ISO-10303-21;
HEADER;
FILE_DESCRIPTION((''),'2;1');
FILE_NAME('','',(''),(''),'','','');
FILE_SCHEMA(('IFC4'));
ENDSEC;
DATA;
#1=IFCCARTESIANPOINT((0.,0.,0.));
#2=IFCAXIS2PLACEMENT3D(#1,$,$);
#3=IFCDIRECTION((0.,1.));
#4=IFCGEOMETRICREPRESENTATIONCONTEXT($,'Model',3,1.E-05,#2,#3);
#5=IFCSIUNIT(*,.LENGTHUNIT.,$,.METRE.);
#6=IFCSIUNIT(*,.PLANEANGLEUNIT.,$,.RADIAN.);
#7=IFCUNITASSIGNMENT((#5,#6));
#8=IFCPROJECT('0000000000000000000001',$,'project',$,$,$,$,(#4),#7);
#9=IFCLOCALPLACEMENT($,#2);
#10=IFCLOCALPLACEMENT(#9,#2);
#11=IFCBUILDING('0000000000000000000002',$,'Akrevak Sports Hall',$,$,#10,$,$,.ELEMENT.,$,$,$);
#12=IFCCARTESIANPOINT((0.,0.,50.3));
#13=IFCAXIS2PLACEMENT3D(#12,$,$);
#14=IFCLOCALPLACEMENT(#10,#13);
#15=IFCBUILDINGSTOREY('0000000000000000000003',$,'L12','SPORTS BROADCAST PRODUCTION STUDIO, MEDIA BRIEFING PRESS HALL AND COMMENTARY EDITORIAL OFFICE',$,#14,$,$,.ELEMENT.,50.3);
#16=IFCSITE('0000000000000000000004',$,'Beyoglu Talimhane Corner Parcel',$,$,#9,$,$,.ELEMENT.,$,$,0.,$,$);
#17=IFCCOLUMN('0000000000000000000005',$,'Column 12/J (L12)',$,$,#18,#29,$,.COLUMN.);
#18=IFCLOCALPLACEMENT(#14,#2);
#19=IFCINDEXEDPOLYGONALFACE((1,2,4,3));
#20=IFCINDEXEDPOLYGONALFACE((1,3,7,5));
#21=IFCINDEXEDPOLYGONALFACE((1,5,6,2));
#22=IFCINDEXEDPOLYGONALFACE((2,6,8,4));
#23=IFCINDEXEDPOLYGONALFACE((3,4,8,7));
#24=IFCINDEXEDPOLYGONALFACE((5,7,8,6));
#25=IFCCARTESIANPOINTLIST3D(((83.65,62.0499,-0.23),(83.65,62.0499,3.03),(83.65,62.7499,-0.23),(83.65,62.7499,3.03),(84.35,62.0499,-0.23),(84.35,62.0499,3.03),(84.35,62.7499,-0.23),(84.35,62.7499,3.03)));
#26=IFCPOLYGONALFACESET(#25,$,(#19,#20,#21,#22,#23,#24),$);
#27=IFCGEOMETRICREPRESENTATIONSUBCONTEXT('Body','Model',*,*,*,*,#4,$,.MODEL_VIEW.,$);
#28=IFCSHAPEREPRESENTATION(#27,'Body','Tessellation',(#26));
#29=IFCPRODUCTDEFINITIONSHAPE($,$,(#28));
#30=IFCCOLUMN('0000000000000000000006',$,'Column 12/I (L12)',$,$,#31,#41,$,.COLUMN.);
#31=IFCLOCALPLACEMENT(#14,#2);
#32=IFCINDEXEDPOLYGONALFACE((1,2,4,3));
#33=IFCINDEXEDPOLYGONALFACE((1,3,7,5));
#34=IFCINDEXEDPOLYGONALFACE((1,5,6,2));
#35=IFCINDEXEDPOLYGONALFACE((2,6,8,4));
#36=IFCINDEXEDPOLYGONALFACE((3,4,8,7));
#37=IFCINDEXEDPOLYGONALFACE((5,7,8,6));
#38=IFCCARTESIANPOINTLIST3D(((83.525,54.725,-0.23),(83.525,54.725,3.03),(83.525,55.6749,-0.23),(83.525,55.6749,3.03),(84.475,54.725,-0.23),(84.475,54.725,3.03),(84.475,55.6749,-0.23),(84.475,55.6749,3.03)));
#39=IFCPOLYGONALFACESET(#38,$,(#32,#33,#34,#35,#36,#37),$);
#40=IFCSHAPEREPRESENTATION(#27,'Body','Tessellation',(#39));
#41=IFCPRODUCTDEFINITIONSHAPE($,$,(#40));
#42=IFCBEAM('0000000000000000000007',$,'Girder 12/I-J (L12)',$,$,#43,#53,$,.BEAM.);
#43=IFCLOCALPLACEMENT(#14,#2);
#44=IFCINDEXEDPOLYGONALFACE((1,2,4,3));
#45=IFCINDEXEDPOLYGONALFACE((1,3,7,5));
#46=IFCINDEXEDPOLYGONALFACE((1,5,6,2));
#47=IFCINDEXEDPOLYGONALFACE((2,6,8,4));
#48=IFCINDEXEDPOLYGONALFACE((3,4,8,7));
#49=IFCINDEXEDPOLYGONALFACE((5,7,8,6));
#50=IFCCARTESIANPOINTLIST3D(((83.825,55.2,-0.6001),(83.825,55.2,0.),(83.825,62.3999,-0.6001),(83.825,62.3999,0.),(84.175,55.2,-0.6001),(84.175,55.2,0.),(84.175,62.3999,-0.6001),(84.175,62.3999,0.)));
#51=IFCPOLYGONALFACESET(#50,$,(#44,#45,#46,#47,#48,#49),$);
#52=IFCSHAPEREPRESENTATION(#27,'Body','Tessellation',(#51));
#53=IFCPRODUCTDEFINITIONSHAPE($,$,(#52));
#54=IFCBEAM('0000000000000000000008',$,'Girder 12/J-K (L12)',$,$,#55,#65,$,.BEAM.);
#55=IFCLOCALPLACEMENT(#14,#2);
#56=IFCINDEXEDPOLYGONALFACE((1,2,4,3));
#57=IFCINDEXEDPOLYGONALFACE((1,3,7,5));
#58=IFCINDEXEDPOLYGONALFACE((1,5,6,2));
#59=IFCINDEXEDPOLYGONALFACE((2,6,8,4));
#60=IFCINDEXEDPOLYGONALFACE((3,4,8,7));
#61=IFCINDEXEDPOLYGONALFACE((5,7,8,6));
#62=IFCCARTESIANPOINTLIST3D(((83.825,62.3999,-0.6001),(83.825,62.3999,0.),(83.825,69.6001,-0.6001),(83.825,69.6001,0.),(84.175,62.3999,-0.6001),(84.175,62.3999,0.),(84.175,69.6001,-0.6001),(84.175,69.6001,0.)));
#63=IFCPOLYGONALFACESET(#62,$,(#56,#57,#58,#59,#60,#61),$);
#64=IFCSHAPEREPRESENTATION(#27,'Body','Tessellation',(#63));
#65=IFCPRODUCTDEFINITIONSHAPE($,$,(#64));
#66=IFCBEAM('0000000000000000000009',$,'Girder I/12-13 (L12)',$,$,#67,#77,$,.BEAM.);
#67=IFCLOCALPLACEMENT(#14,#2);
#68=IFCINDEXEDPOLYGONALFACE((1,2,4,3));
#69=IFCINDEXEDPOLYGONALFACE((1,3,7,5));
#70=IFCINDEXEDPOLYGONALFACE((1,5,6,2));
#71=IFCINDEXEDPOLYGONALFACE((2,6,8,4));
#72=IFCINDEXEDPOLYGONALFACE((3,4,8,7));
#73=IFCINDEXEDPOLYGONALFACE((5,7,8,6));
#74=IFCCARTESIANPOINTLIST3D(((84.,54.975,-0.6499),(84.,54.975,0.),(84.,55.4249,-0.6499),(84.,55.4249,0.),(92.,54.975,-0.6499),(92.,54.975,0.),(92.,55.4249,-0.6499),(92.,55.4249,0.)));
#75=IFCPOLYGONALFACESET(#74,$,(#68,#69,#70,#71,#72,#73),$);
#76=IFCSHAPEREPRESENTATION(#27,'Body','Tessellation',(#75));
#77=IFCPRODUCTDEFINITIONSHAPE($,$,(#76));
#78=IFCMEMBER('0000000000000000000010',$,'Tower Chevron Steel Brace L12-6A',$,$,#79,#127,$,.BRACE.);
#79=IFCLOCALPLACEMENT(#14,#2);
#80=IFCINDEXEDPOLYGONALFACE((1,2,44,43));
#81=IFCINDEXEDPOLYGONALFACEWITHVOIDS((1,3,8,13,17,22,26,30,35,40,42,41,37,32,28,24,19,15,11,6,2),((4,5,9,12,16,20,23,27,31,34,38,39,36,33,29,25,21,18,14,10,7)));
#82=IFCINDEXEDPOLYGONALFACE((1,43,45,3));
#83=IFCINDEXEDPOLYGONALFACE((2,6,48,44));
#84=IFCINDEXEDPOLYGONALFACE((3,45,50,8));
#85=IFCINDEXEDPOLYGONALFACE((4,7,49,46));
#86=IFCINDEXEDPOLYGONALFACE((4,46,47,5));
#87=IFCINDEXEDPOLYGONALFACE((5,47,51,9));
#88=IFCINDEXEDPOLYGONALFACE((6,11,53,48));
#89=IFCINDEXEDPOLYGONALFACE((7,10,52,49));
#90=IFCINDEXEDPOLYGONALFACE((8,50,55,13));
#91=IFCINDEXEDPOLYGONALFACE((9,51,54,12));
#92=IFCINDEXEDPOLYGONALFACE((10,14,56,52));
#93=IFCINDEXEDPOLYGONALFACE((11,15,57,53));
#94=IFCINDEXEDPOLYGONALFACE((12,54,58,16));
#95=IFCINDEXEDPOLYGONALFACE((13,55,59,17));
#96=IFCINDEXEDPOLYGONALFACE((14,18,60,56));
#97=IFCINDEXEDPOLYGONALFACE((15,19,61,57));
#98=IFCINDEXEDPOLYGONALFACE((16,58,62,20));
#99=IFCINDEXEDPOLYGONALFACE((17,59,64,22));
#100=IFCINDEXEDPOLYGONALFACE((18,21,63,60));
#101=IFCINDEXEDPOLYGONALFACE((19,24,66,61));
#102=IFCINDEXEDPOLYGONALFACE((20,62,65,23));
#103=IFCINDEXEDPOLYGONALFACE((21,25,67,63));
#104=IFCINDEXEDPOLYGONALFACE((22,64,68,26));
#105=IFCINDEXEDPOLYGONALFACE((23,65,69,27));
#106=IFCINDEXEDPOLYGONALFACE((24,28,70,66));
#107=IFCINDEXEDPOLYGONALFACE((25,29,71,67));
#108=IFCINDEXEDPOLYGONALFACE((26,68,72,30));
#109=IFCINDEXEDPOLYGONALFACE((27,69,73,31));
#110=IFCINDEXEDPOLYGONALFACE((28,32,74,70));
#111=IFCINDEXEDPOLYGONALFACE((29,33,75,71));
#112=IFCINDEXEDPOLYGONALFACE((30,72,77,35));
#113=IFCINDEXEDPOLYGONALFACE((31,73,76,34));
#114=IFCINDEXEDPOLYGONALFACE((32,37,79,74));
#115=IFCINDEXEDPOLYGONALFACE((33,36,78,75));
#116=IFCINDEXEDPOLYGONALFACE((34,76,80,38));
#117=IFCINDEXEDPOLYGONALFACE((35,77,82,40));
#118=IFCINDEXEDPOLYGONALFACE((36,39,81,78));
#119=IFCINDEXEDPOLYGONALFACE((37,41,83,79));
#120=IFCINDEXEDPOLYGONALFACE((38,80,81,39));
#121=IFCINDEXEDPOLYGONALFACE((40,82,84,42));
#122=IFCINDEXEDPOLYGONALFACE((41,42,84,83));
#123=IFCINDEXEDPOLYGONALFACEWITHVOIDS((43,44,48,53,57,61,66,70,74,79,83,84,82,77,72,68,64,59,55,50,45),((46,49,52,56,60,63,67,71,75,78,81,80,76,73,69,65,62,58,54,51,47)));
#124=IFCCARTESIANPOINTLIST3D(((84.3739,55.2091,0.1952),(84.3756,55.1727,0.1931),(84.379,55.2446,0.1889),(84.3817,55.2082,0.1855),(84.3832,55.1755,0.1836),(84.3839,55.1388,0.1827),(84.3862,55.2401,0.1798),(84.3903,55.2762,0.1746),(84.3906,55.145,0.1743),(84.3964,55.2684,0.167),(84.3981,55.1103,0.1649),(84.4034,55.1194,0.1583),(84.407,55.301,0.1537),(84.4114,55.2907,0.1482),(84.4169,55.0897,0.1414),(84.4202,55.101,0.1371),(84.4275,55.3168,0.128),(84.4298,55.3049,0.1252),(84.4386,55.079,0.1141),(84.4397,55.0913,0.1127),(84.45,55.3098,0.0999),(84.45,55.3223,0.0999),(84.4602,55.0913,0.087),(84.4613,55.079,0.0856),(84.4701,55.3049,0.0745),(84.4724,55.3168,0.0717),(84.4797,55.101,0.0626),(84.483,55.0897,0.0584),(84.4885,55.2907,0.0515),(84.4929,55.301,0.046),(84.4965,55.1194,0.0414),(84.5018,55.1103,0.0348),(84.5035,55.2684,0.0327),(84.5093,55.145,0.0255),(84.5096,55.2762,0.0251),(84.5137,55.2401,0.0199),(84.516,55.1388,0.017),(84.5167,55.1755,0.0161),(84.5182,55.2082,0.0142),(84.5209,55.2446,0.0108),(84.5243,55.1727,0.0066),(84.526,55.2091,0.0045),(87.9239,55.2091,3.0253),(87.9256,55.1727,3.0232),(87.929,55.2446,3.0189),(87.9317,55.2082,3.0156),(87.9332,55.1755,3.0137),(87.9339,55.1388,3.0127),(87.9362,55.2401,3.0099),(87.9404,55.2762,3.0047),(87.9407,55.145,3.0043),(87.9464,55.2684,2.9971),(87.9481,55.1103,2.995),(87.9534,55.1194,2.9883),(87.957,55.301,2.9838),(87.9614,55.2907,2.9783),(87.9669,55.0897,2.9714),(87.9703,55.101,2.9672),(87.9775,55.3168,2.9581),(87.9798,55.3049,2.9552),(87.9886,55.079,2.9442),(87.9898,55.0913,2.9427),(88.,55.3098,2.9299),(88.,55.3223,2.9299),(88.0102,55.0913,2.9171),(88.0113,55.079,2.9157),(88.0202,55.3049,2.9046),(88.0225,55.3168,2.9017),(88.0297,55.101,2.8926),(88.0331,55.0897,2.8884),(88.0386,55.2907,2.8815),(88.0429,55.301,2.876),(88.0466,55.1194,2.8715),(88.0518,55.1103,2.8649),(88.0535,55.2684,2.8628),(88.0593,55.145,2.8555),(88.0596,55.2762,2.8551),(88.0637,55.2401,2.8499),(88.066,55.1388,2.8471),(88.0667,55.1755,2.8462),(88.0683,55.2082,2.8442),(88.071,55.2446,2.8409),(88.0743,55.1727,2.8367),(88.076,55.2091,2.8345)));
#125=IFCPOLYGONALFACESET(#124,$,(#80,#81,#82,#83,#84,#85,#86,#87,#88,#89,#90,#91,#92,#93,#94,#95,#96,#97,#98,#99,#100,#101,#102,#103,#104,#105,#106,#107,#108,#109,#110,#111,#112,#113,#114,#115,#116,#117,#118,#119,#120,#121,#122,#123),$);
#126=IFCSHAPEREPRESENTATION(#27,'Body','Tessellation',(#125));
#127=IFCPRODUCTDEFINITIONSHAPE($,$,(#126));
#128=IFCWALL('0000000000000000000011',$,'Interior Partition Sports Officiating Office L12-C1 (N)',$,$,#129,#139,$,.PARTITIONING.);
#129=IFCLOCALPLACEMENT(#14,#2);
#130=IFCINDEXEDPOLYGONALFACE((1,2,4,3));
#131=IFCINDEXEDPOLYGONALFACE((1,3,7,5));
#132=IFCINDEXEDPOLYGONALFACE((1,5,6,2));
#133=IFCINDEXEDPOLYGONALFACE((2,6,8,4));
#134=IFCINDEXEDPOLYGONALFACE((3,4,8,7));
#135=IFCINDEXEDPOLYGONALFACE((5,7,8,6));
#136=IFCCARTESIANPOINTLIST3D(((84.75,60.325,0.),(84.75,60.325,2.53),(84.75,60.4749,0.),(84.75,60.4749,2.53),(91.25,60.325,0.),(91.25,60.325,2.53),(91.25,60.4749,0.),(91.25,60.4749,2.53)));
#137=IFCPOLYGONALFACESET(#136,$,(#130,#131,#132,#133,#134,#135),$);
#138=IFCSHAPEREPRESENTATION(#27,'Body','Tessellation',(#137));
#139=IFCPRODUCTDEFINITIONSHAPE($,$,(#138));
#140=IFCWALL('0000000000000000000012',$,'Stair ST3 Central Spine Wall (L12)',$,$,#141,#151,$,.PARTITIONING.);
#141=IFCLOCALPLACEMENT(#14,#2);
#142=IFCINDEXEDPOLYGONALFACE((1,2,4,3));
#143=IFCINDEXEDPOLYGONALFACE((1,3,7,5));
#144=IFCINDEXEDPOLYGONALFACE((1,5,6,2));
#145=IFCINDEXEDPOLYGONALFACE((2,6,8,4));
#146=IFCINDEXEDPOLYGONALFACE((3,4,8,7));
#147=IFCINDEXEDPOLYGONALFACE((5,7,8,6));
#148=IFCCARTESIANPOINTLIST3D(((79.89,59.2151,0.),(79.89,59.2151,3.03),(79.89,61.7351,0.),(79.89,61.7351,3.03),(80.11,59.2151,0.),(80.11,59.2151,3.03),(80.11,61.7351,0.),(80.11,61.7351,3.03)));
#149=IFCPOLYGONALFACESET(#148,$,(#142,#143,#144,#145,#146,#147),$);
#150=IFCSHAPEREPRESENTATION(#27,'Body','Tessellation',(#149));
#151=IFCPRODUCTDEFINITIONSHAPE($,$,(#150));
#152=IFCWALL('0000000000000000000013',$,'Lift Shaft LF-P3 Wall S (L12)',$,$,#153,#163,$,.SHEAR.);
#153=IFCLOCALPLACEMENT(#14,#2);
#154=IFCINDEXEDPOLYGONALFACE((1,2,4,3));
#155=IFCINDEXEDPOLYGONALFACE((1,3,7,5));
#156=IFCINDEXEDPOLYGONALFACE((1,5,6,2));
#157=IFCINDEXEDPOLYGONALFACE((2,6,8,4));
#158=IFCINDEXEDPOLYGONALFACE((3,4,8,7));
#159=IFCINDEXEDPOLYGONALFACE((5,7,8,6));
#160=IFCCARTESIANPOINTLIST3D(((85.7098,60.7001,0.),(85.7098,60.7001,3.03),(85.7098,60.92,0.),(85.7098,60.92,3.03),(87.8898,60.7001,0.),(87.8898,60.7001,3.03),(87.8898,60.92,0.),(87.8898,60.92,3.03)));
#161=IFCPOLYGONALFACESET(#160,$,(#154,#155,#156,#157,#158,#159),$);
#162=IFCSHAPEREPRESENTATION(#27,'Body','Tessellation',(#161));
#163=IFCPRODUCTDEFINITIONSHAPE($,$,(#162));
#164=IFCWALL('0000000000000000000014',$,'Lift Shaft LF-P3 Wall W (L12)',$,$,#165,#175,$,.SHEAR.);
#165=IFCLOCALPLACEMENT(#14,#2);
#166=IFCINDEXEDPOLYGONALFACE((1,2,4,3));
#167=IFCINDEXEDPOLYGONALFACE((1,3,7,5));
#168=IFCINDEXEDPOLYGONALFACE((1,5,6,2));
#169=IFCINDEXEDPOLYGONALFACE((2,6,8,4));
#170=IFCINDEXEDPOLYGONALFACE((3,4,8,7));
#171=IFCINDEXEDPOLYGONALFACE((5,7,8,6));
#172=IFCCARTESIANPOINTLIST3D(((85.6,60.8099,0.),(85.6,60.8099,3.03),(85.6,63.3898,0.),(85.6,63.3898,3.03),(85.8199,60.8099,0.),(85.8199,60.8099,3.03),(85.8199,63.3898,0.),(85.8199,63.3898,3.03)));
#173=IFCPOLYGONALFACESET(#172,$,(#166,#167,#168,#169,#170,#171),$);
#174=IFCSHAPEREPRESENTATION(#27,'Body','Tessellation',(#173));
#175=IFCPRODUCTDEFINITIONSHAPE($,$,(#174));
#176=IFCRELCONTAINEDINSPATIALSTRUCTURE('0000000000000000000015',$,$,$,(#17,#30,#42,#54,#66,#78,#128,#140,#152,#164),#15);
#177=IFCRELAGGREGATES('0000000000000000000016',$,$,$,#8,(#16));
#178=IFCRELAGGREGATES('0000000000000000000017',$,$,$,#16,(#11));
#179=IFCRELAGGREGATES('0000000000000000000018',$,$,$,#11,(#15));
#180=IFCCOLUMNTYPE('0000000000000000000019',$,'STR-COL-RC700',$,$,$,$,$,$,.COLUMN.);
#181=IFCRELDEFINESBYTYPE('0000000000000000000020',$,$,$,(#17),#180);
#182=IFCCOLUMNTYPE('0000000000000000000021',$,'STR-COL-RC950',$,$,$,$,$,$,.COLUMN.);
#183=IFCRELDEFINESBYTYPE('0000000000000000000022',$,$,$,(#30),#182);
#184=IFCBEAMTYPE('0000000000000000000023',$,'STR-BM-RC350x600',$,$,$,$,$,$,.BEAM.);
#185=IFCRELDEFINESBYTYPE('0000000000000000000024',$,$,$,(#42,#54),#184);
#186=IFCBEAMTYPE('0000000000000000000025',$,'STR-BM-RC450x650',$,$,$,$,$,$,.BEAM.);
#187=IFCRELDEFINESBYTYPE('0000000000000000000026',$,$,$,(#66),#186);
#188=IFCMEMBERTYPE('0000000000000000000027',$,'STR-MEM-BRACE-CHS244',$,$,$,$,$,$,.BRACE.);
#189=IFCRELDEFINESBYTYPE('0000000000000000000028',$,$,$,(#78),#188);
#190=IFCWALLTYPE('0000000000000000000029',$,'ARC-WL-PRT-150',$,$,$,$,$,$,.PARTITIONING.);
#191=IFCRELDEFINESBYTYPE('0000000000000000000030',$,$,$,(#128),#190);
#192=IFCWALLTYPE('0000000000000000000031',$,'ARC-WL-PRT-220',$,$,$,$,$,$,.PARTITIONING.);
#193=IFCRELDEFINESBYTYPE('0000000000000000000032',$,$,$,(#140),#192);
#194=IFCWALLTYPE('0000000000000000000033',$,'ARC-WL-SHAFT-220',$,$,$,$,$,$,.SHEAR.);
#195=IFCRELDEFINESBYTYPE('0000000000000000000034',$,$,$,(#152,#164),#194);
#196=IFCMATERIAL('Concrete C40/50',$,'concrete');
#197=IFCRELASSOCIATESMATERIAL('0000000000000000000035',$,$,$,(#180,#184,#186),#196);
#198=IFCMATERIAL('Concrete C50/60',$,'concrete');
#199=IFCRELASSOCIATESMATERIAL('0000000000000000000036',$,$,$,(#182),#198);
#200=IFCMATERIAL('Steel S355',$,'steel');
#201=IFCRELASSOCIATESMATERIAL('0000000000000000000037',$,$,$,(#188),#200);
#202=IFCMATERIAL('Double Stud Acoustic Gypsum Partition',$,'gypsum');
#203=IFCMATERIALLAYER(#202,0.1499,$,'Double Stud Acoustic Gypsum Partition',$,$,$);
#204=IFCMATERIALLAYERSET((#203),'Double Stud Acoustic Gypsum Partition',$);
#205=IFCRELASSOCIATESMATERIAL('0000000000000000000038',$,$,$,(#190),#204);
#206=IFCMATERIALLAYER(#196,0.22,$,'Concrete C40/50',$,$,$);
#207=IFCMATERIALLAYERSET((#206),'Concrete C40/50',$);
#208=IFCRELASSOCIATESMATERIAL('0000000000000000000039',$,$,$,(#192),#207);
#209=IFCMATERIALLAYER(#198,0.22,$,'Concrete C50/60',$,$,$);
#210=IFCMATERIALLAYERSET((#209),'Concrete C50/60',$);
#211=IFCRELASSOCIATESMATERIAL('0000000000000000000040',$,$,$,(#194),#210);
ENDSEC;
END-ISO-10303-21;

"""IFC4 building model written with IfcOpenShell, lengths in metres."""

from ifc_helpers import new_model, si_unit, direction, frame, frame_2d, origin, origin_2d, place, context, subcontext, project, spatial, rectangle, hollow_circle, extrude, material, layer, layer_set, material_profile, profile_set, type_object, element, save


model = new_model("IFC4")

# Units and contexts
model_context = context("Model", 3, precision=1e-05, world=origin(), true_north=direction((0.0, 1.0)))
body_context = subcontext(model_context, "Body", "Model", "MODEL_VIEW")
ifc_project = project(units=[si_unit("LENGTHUNIT", "METRE"), si_unit("PLANEANGLEUNIT", "RADIAN")], contexts=[model_context])

# Site, building, storey
site_placement = place(None, origin())
site = spatial("IfcSite", under=ifc_project, at=site_placement, Name="Beyoglu Talimhane Corner Parcel", CompositionType="ELEMENT", RefElevation=0.0)
building_placement = place(site_placement, origin())
building = spatial("IfcBuilding", under=site, at=building_placement, Name="Akrevak Sports Hall", CompositionType="ELEMENT")
storey_placement = place(building_placement, frame((0.0, 0.0, 50.3)))
storey = spatial("IfcBuildingStorey", under=building, at=storey_placement, Name="L12", Description="SPORTS BROADCAST PRODUCTION STUDIO, MEDIA BRIEFING PRESS HALL AND COMMENTARY EDITORIAL OFFICE", CompositionType="ELEMENT", Elevation=50.3)

# Columns
ifc_material_1 = material(Name="Concrete C40/50", Category="concrete")
ifc_material_profile_1 = material_profile(ifc_material_1, rectangle(XDim=0.7, YDim=0.7, at=origin_2d()), Name="RC 700x700", Category="concrete")
ifc_profile_set_1 = profile_set([ifc_material_profile_1], Name="Concrete C40/50")
column_type_1 = type_object("IfcColumnType", Name="STR-COL-RC700", PredefinedType="COLUMN", material=ifc_profile_set_1)
column_1_placement = place(storey_placement, frame((84.0, 62.3999, -0.23), z_axis=(0.0, 0.0, 1.0), x_axis=(1.0, 0.0, 0.0)))
element("IfcColumn", 1, at=column_1_placement, inside=storey, type_object=column_type_1, Name="Column 12/J (L12)", PredefinedType="COLUMN", context=body_context, shape_type="SweptSolid", body=[
    extrude(rectangle(XDim=0.7, YDim=0.7, at=origin_2d()), origin(), (0.0, 0.0, 1.0), 3.26),
])
ifc_material_2 = material(Name="Concrete C50/60", Category="concrete")
ifc_material_profile_2 = material_profile(ifc_material_2, rectangle(XDim=0.95, YDim=0.95, at=origin_2d()), Name="RC 950x950", Category="concrete")
ifc_profile_set_2 = profile_set([ifc_material_profile_2], Name="Concrete C50/60")
column_type_2 = type_object("IfcColumnType", Name="STR-COL-RC950", PredefinedType="COLUMN", material=ifc_profile_set_2)
column_2_placement = place(storey_placement, frame((84.0, 55.2, -0.23), z_axis=(0.0, 0.0, 1.0), x_axis=(1.0, 0.0, 0.0)))
element("IfcColumn", 2, at=column_2_placement, inside=storey, type_object=column_type_2, Name="Column 12/I (L12)", PredefinedType="COLUMN", context=body_context, shape_type="SweptSolid", body=[
    extrude(rectangle(XDim=0.95, YDim=0.95, at=origin_2d()), origin(), (0.0, 0.0, 1.0), 3.26),
])

# Beams
ifc_material_profile_3 = material_profile(ifc_material_1, rectangle(XDim=0.3501, YDim=0.6001, at=origin_2d()), Name="BM 350x600", Category="concrete")
ifc_profile_set_3 = profile_set([ifc_material_profile_3], Name="Concrete C40/50")
beam_type_1 = type_object("IfcBeamType", Name="STR-BM-RC350x600", PredefinedType="BEAM", material=ifc_profile_set_3)
beam_1_placement = place(storey_placement, frame((84.0, 55.2, -0.3), z_axis=(0.0, 1.0, 0.0), x_axis=(-1.0, 0.0, 0.0)))
element("IfcBeam", 3, at=beam_1_placement, inside=storey, type_object=beam_type_1, Name="Girder 12/I-J (L12)", PredefinedType="BEAM", context=body_context, shape_type="SweptSolid", body=[
    extrude(rectangle(XDim=0.3501, YDim=0.6001, at=origin_2d()), origin(), (0.0, 0.0, 1.0), 7.2),
])
beam_2_placement = place(storey_placement, frame((84.0, 62.3999, -0.3), z_axis=(0.0, 1.0, 0.0), x_axis=(-1.0, 0.0, 0.0)))
element("IfcBeam", 4, at=beam_2_placement, inside=storey, type_object=beam_type_1, Name="Girder 12/J-K (L12)", PredefinedType="BEAM", context=body_context, shape_type="SweptSolid", body=[
    extrude(rectangle(XDim=0.3501, YDim=0.6001, at=origin_2d()), origin(), (0.0, 0.0, 1.0), 7.2002),
])
ifc_material_profile_4 = material_profile(ifc_material_1, rectangle(XDim=0.45, YDim=0.6499, at=origin_2d()), Name="BM 450x650", Category="concrete")
ifc_profile_set_4 = profile_set([ifc_material_profile_4], Name="Concrete C40/50")
beam_type_2 = type_object("IfcBeamType", Name="STR-BM-RC450x650", PredefinedType="BEAM", material=ifc_profile_set_4)
beam_3_placement = place(storey_placement, frame((84.0, 55.2, -0.325), z_axis=(1.0, 0.0, 0.0), x_axis=(0.0, 1.0, 0.0)))
element("IfcBeam", 5, at=beam_3_placement, inside=storey, type_object=beam_type_2, Name="Girder I/12-13 (L12)", PredefinedType="BEAM", context=body_context, shape_type="SweptSolid", body=[
    extrude(rectangle(XDim=0.45, YDim=0.6499, at=origin_2d()), origin(), (0.0, 0.0, 1.0), 8.0),
])

# Member
ifc_material_3 = material(Name="Steel S355", Category="steel")
ifc_material_profile_5 = material_profile(ifc_material_3, hollow_circle(Radius=0.1223, WallThickness=0.0125, at=origin_2d()), Name="CHS 244.5x12.5", Category="steel")
ifc_profile_set_5 = profile_set([ifc_material_profile_5], Name="Steel S355")
member_type = type_object("IfcMemberType", Name="STR-MEM-BRACE-CHS244", PredefinedType="BRACE", material=ifc_profile_set_5)
member_placement = place(storey_placement, frame((84.45, 55.2, 0.0999), z_axis=(0.781938, 0.0, 0.623356), x_axis=(0.0, 1.0, 0.0)))
element("IfcMember", 6, at=member_placement, inside=storey, type_object=member_type, Name="Tower Chevron Steel Brace L12-6A", PredefinedType="BRACE", context=body_context, shape_type="SweptSolid", body=[
    extrude(hollow_circle(Radius=0.1223, WallThickness=0.0125, at=origin_2d()), origin(), (0.0, 0.0, 1.0), 4.54),
])

# Walls
ifc_material_4 = material(Name="Double Stud Acoustic Gypsum Partition", Category="gypsum")
ifc_layer_1 = layer(ifc_material_4, 0.1499, Name="Double Stud Acoustic Gypsum Partition")
ifc_layer_set_1 = layer_set([ifc_layer_1], Name="Double Stud Acoustic Gypsum Partition")
wall_type_1 = type_object("IfcWallType", Name="ARC-WL-PRT-150", PredefinedType="PARTITIONING", material=ifc_layer_set_1)
wall_1_placement = place(storey_placement, frame((84.75, 60.3999, 0.0), z_axis=(0.0, 0.0, 1.0), x_axis=(1.0, 0.0, 0.0)))
element("IfcWall", 7, at=wall_1_placement, inside=storey, type_object=wall_type_1, Name="Interior Partition Sports Officiating Office L12-C1 (N)", PredefinedType="PARTITIONING", context=body_context, shape_type="SweptSolid", body=[
    extrude(rectangle(XDim=6.5, YDim=0.1499, at=frame_2d((3.25, 0.0))), origin(), (0.0, 0.0, 1.0), 2.53),
])
ifc_layer_2 = layer(ifc_material_1, 0.22, Name="Concrete C40/50")
ifc_layer_set_2 = layer_set([ifc_layer_2], Name="Concrete C40/50")
wall_type_2 = type_object("IfcWallType", Name="ARC-WL-PRT-220", PredefinedType="PARTITIONING", material=ifc_layer_set_2)
wall_2_placement = place(storey_placement, frame((80.0, 59.2151, 0.0), z_axis=(0.0, 0.0, 1.0), x_axis=(0.0, 1.0, 0.0)))
element("IfcWall", 8, at=wall_2_placement, inside=storey, type_object=wall_type_2, Name="Stair ST3 Central Spine Wall (L12)", PredefinedType="PARTITIONING", context=body_context, shape_type="SweptSolid", body=[
    extrude(rectangle(XDim=2.52, YDim=0.22, at=frame_2d((1.26, 0.0))), origin(), (0.0, 0.0, 1.0), 3.03),
])
ifc_layer_3 = layer(ifc_material_2, 0.22, Name="Concrete C50/60")
ifc_layer_set_3 = layer_set([ifc_layer_3], Name="Concrete C50/60")
wall_type_3 = type_object("IfcWallType", Name="ARC-WL-SHAFT-220", PredefinedType="SHEAR", material=ifc_layer_set_3)
wall_3_placement = place(storey_placement, frame((85.71, 60.8101, 0.0), z_axis=(0.0, 0.0, 1.0), x_axis=(1.0, 0.0, 0.0)))
element("IfcWall", 9, at=wall_3_placement, inside=storey, type_object=wall_type_3, Name="Lift Shaft LF-P3 Wall S (L12)", PredefinedType="SHEAR", context=body_context, shape_type="SweptSolid", body=[
    extrude(rectangle(XDim=2.1799, YDim=0.22, at=frame_2d((1.0898, 0.0))), origin(), (0.0, 0.0, 1.0), 3.03),
])
for number, where, z_axis, x_axis, name in (
    (10, (85.71, 63.3899, 0.0), (0.0, 0.0, 1.0), (0.0, -1.0, 0.0), "Lift Shaft LF-P3 Wall W (L12)"),
):
    element("IfcWall", number, at=place(storey_placement, frame(where, z_axis=z_axis, x_axis=x_axis)), inside=storey, type_object=wall_type_3, Name=name, PredefinedType="SHEAR", context=body_context, shape_type="SweptSolid", body=[
        extrude(rectangle(XDim=2.5798, YDim=0.22, at=frame_2d((1.29, 0.0))), origin(), (0.0, 0.0, 1.0), 3.03),
    ])

save(model, "model.ifc")
